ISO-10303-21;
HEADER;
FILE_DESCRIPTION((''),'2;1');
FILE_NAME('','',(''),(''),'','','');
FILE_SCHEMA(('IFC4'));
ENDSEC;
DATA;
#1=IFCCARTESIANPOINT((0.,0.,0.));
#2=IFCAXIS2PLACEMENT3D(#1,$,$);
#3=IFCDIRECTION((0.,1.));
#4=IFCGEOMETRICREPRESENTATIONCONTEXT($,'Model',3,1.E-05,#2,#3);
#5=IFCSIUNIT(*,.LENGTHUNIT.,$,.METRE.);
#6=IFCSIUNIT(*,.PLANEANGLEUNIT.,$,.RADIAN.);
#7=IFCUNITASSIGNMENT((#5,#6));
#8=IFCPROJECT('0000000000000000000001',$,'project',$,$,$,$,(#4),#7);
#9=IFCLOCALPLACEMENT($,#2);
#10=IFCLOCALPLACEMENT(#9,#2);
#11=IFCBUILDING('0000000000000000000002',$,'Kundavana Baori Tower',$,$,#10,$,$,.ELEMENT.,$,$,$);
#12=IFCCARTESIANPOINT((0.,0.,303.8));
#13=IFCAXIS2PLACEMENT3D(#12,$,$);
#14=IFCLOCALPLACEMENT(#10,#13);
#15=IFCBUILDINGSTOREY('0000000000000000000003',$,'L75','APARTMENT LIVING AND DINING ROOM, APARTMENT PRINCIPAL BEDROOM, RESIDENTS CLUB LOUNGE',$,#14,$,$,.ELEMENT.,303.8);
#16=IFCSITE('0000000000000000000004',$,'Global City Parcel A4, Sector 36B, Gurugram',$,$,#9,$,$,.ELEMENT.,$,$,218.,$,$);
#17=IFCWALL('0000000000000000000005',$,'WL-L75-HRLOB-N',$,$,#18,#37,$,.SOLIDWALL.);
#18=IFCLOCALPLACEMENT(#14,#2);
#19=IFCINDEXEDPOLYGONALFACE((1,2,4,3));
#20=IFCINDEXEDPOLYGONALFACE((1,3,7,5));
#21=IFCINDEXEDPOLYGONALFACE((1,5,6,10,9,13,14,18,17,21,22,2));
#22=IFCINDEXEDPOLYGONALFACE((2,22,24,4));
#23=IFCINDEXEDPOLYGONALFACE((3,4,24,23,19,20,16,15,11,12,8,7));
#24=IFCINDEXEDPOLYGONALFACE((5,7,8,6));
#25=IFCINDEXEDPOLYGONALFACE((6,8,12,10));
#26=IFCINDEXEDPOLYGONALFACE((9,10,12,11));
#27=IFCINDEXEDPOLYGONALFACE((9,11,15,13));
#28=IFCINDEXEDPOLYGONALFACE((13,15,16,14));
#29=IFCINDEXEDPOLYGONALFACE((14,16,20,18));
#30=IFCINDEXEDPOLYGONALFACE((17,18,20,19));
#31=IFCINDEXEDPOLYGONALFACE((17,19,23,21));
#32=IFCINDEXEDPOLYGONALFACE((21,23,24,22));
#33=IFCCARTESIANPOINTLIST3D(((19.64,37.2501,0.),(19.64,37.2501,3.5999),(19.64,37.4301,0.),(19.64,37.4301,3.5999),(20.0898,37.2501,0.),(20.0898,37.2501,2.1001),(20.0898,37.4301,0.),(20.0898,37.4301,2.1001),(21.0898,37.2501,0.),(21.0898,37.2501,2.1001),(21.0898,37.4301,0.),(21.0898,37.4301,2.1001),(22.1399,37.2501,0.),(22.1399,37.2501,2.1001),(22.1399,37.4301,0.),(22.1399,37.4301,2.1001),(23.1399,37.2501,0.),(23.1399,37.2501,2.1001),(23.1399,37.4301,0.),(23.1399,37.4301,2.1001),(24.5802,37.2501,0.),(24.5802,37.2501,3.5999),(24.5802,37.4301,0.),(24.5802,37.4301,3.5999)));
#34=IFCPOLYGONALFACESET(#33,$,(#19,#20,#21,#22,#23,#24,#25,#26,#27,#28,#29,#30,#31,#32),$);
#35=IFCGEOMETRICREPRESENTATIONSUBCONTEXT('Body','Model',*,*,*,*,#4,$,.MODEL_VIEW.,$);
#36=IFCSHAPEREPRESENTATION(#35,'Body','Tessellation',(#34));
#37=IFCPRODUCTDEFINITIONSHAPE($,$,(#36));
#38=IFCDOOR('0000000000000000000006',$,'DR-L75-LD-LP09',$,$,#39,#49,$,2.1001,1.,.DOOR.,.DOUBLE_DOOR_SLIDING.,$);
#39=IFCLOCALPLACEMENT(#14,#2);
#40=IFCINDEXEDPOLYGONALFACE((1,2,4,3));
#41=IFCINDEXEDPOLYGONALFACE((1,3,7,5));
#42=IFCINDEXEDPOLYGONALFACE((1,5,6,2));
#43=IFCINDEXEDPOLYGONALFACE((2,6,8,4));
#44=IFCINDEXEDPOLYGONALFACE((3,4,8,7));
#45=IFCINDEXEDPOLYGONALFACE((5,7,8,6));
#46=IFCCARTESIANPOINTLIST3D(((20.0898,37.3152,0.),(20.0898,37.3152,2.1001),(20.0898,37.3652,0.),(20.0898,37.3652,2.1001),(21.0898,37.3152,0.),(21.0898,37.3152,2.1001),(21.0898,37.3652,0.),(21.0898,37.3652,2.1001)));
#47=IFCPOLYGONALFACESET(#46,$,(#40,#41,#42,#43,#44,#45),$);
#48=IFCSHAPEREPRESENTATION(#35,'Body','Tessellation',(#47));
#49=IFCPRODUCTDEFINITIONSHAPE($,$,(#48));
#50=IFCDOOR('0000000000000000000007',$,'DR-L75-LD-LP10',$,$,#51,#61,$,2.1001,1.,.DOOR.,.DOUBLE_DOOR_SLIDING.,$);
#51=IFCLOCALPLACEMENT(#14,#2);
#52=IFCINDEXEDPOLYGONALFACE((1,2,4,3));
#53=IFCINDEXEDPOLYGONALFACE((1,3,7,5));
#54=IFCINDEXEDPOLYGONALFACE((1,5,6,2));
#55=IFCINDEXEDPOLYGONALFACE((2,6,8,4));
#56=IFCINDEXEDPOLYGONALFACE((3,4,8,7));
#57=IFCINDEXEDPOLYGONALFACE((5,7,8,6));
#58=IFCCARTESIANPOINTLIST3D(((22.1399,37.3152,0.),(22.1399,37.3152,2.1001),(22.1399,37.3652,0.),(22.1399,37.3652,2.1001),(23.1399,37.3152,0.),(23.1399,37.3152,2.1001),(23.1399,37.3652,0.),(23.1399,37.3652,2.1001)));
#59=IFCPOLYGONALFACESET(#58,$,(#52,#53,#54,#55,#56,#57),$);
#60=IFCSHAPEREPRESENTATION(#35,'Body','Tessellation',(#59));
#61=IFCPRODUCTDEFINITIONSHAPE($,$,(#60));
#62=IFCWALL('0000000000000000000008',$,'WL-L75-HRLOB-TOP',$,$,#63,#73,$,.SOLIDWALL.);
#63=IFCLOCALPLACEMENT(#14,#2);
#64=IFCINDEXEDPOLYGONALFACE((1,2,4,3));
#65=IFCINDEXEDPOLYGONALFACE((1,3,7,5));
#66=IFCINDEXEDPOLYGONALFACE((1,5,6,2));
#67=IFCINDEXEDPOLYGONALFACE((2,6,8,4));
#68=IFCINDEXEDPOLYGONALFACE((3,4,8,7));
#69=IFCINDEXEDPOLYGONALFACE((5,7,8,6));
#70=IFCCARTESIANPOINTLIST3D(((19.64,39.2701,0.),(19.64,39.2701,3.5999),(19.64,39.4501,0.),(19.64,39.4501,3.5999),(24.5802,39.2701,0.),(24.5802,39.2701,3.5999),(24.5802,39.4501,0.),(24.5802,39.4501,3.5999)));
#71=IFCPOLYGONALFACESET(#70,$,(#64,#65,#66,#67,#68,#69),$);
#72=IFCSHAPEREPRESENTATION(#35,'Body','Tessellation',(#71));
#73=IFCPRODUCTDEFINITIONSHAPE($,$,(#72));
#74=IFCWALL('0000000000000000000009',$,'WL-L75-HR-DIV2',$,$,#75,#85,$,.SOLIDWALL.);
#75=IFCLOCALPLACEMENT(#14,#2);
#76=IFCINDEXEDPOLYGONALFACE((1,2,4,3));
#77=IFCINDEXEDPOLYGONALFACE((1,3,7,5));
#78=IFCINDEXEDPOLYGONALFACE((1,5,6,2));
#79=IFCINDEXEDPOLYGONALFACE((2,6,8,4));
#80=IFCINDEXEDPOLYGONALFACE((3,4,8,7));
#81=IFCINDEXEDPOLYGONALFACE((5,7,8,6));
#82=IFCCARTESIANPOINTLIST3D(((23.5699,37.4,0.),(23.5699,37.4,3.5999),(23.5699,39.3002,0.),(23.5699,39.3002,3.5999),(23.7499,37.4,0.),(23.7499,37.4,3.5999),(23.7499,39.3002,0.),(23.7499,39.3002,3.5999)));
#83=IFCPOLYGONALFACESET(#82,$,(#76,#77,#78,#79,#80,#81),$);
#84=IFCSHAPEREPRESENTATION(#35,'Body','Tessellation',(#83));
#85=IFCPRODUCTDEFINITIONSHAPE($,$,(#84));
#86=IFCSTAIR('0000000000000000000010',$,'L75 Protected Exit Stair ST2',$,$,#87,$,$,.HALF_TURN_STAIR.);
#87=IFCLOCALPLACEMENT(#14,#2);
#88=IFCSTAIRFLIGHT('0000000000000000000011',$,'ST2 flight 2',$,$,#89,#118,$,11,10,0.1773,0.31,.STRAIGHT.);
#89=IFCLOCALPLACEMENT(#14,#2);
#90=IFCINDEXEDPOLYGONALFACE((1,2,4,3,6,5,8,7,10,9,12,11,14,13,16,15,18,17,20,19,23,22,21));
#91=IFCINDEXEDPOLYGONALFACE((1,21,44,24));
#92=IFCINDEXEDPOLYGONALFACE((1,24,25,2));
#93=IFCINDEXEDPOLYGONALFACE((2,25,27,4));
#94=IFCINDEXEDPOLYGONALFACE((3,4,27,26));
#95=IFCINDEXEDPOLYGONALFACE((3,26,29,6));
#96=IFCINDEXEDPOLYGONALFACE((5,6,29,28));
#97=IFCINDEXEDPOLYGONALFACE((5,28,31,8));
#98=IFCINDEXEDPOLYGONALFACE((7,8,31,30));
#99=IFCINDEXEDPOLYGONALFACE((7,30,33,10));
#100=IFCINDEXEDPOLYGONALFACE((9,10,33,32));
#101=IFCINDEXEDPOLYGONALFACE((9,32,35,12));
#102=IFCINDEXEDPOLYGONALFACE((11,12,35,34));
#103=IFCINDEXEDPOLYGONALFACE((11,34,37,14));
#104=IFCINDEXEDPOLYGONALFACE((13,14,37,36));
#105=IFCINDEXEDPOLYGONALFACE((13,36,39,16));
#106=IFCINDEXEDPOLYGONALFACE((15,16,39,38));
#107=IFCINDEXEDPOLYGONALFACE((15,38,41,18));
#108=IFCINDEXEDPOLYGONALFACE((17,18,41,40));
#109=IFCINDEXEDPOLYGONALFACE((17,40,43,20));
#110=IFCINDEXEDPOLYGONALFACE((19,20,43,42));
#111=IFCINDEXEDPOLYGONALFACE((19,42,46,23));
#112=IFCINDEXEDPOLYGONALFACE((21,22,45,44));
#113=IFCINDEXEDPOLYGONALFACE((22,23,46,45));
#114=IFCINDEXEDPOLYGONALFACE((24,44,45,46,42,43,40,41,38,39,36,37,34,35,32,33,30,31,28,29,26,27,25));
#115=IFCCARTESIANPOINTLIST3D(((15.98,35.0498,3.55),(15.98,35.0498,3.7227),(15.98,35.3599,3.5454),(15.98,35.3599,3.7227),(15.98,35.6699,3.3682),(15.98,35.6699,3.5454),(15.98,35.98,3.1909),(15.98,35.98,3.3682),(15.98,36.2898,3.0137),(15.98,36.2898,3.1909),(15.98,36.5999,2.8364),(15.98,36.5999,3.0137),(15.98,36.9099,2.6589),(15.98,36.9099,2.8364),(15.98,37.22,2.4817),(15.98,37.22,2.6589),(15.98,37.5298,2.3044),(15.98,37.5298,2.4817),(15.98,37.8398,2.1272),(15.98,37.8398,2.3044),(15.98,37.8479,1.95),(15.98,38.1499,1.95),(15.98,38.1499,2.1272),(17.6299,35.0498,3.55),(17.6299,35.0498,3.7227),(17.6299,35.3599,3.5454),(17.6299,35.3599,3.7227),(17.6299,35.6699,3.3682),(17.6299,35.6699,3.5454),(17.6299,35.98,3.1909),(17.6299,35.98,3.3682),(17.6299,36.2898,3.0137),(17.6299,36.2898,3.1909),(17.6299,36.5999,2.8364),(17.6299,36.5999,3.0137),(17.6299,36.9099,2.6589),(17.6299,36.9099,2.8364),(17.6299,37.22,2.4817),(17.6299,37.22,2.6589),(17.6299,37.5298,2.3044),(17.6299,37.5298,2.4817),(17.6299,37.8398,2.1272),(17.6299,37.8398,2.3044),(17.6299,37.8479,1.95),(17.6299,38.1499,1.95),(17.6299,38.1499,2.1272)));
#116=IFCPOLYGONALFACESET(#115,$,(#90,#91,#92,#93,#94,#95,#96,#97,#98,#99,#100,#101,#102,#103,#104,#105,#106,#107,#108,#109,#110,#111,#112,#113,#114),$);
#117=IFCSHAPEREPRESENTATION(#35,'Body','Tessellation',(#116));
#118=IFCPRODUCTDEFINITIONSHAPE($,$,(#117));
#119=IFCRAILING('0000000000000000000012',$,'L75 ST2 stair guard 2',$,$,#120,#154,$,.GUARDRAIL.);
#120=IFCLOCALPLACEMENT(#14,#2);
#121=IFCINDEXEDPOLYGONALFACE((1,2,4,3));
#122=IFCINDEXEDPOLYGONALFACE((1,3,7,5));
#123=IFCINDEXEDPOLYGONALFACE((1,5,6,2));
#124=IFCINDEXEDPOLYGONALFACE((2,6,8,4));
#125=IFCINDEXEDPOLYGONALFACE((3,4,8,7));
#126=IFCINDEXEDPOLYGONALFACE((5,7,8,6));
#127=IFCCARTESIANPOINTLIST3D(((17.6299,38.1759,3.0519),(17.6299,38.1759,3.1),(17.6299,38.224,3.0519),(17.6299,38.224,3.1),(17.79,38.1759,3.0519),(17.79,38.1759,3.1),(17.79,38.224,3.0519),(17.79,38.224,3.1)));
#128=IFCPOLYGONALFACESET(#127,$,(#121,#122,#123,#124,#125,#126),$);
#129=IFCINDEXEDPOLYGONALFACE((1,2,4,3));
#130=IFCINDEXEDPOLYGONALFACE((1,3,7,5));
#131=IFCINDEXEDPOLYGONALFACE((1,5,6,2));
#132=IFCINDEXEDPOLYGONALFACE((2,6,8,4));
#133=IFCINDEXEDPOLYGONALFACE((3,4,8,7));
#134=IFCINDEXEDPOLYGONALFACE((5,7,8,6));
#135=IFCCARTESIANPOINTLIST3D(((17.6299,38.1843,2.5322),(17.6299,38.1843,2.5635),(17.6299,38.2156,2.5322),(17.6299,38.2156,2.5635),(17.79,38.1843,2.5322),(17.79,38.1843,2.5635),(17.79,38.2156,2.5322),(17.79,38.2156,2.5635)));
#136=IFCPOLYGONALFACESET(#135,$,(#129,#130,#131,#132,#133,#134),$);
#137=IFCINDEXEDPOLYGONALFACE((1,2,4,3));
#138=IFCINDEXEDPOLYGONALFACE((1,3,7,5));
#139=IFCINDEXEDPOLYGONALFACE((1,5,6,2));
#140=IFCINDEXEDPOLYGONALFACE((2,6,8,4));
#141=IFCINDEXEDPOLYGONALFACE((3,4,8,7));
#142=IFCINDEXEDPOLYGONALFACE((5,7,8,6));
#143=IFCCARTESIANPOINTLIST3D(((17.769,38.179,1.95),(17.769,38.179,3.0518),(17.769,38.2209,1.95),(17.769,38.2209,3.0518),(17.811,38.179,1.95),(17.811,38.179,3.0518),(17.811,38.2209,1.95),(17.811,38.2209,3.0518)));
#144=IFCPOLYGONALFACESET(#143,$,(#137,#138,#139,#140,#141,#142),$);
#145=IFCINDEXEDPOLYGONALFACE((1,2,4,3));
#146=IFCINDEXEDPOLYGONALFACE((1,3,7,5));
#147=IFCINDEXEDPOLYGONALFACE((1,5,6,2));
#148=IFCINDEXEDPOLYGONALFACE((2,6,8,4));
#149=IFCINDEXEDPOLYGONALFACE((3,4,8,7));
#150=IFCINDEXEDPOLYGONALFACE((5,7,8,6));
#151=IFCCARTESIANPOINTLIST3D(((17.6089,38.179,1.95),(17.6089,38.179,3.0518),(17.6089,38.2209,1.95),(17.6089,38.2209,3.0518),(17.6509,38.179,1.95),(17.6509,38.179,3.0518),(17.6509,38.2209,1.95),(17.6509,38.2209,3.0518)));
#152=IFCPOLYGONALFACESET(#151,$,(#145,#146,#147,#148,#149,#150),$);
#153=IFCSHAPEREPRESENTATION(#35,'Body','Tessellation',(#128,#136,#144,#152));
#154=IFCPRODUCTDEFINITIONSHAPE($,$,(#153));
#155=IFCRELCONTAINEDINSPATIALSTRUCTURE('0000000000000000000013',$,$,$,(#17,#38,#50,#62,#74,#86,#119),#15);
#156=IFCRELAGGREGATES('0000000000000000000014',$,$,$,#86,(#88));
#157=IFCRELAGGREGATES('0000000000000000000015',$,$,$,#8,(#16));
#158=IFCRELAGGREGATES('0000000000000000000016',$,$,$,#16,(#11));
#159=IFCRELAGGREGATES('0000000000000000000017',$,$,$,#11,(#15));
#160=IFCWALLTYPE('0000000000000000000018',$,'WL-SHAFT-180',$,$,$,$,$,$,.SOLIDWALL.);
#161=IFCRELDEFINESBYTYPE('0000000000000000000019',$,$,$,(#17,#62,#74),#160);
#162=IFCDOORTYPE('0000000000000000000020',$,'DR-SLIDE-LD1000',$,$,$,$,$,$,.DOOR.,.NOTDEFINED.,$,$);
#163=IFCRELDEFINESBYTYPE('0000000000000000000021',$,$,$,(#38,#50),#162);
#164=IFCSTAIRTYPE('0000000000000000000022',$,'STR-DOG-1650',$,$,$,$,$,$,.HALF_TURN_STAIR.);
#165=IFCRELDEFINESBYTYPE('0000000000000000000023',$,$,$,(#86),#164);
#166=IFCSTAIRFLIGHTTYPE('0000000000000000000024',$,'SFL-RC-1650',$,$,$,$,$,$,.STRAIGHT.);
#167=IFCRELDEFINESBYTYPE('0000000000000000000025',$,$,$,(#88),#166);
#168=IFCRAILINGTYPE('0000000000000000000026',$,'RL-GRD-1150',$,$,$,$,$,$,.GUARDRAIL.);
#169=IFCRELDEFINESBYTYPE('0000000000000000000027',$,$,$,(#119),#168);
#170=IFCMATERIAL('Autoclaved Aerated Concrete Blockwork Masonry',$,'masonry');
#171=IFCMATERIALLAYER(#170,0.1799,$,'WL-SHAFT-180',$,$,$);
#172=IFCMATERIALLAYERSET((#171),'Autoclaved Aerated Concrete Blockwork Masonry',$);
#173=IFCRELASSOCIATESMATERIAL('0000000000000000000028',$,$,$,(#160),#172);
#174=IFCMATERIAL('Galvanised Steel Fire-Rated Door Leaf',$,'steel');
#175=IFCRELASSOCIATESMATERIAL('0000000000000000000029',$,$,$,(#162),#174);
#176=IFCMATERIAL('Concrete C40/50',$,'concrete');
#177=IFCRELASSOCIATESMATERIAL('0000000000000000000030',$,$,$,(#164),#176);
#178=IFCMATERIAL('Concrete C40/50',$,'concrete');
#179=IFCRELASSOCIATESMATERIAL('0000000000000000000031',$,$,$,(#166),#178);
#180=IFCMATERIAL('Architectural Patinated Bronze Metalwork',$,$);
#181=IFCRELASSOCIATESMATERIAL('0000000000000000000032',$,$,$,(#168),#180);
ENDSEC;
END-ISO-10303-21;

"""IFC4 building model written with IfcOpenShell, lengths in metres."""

from ifc_helpers import new_model, si_unit, direction, frame, frame_2d, origin, origin_2d, place, context, subcontext, project, spatial, polyline, rectangle, outline, extrude, material, layer, layer_set, type_object, element, fill, aggregate, save


model = new_model("IFC4")

# Units and contexts
model_context = context("Model", 3, precision=1e-05, world=origin(), true_north=direction((0.0, 1.0)))
body_context = subcontext(model_context, "Body", "Model", "MODEL_VIEW")
ifc_project = project(units=[si_unit("LENGTHUNIT", "METRE"), si_unit("PLANEANGLEUNIT", "RADIAN")], contexts=[model_context])

# Site, building, storey
site_placement = place(None, origin())
site = spatial("IfcSite", under=ifc_project, at=site_placement, Name="Global City Parcel A4, Sector 36B, Gurugram", CompositionType="ELEMENT", RefElevation=218.0)
building_placement = place(site_placement, origin())
building = spatial("IfcBuilding", under=site, at=building_placement, Name="Kundavana Baori Tower", CompositionType="ELEMENT")
storey_placement = place(building_placement, frame((0.0, 0.0, 303.8)))
storey = spatial("IfcBuildingStorey", under=building, at=storey_placement, Name="L75", Description="APARTMENT LIVING AND DINING ROOM, APARTMENT PRINCIPAL BEDROOM, RESIDENTS CLUB LOUNGE", CompositionType="ELEMENT", Elevation=303.8)

# Wall, openings, doors
ifc_material_1 = material(Name="Autoclaved Aerated Concrete Blockwork Masonry", Category="masonry")
ifc_layer_1 = layer(ifc_material_1, 0.1799, Name="WL-SHAFT-180")
ifc_layer_set_1 = layer_set([ifc_layer_1], Name="Autoclaved Aerated Concrete Blockwork Masonry")
wall_type_1 = type_object("IfcWallType", Name="WL-SHAFT-180", PredefinedType="SOLIDWALL", material=ifc_layer_set_1)
wall_1_placement = place(storey_placement, frame((19.6399, 37.3401, 0.0), z_axis=(0.0, 0.0, 1.0), x_axis=(1.0, 0.0, 0.0)))
wall_1 = element("IfcWall", 1, at=wall_1_placement, inside=storey, type_object=wall_type_1, Name="WL-L75-HRLOB-N", PredefinedType="SOLIDWALL", context=body_context, shape_type="SweptSolid", body=[
    extrude(rectangle(XDim=4.9402, YDim=0.1799, at=frame_2d((2.4702, 0.0))), origin(), (0.0, 0.0, 1.0), 3.5999),
])
opening_1_placement = place(wall_1_placement, frame((0.45, 0.0, 0.0)))
opening_1 = element("IfcOpeningElement", 2, at=opening_1_placement, cuts=wall_1, PredefinedType="OPENING", context=body_context, shape_type="SweptSolid", body=[
    extrude(rectangle(XDim=1.0, YDim=2.1001, at=frame_2d((0.5, 1.05))), frame((0.0, 0.1001, 0.0), z_axis=(0.0, -1.0, 0.0), x_axis=(1.0, 0.0, 0.0)), (0.0, 0.0, 1.0), 0.2),
])
opening_2_placement = place(wall_1_placement, frame((2.5, 0.0, 0.0)))
opening_2 = element("IfcOpeningElement", 3, at=opening_2_placement, cuts=wall_1, PredefinedType="OPENING", context=body_context, shape_type="SweptSolid", body=[
    extrude(rectangle(XDim=1.0, YDim=2.1001, at=frame_2d((0.5, 1.05))), frame((0.0, 0.1001, 0.0), z_axis=(0.0, -1.0, 0.0), x_axis=(1.0, 0.0, 0.0)), (0.0, 0.0, 1.0), 0.2),
])
ifc_material_2 = material(Name="Galvanised Steel Fire-Rated Door Leaf", Category="steel")
door_type = type_object("IfcDoorType", Name="DR-SLIDE-LD1000", OperationType="NOTDEFINED", PredefinedType="DOOR", material=ifc_material_2)
door_1_placement = place(opening_1_placement, frame((1.0, 0.0, 0.0), z_axis=(0.0, 0.0, 1.0), x_axis=(-1.0, 0.0, 0.0)))
door_1 = element("IfcDoor", 4, at=door_1_placement, inside=storey, type_object=door_type, Name="DR-L75-LD-LP09", OperationType="DOUBLE_DOOR_SLIDING", OverallHeight=2.1001, OverallWidth=1.0, PredefinedType="DOOR", context=body_context, shape_type="SweptSolid", body=[
    extrude(rectangle(XDim=1.0, YDim=2.1001, at=frame_2d((0.5, 1.05))), frame((0.0, 0.0249, 0.0), z_axis=(0.0, -1.0, 0.0), x_axis=(1.0, 0.0, 0.0)), (0.0, 0.0, 1.0), 0.05),
])
fill(opening_1, door_1)
door_2_placement = place(opening_2_placement, frame((1.0, 0.0, 0.0), z_axis=(0.0, 0.0, 1.0), x_axis=(-1.0, 0.0, 0.0)))
door_2 = element("IfcDoor", 5, at=door_2_placement, inside=storey, type_object=door_type, Name="DR-L75-LD-LP10", OperationType="DOUBLE_DOOR_SLIDING", OverallHeight=2.1001, OverallWidth=1.0, PredefinedType="DOOR", context=body_context, shape_type="SweptSolid", body=[
    extrude(rectangle(XDim=1.0, YDim=2.1001, at=frame_2d((0.5, 1.05))), frame((0.0, 0.0249, 0.0), z_axis=(0.0, -1.0, 0.0), x_axis=(1.0, 0.0, 0.0)), (0.0, 0.0, 1.0), 0.05),
])
fill(opening_2, door_2)

# Walls
wall_2_placement = place(storey_placement, frame((19.6399, 39.3601, 0.0), z_axis=(0.0, 0.0, 1.0), x_axis=(1.0, 0.0, 0.0)))
element("IfcWall", 6, at=wall_2_placement, inside=storey, type_object=wall_type_1, Name="WL-L75-HRLOB-TOP", PredefinedType="SOLIDWALL", context=body_context, shape_type="SweptSolid", body=[
    extrude(rectangle(XDim=4.9402, YDim=0.1799, at=frame_2d((2.4702, 0.0))), origin(), (0.0, 0.0, 1.0), 3.5999),
])
wall_3_placement = place(storey_placement, frame((23.6599, 37.3999, 0.0), z_axis=(0.0, 0.0, 1.0), x_axis=(0.0, 1.0, 0.0)))
element("IfcWall", 7, at=wall_3_placement, inside=storey, type_object=wall_type_1, Name="WL-L75-HR-DIV2", PredefinedType="SOLIDWALL", context=body_context, shape_type="SweptSolid", body=[
    extrude(rectangle(XDim=1.9001, YDim=0.1799, at=frame_2d((0.9502, 0.0))), origin(), (0.0, 0.0, 1.0), 3.5999),
])

# Stair, stair flight
ifc_material_3 = material(Name="Concrete C40/50", Category="concrete")
stair_type = type_object("IfcStairType", Name="STR-DOG-1650", PredefinedType="HALF_TURN_STAIR", material=ifc_material_3)
stair_placement = place(storey_placement, origin())
stair = element("IfcStair", 8, at=stair_placement, inside=storey, type_object=stair_type, Name="L75 Protected Exit Stair ST2", PredefinedType="HALF_TURN_STAIR")
ifc_material_4 = material(Name="Concrete C40/50", Category="concrete")
stair_flight_type = type_object("IfcStairFlightType", Name="SFL-RC-1650", PredefinedType="STRAIGHT", material=ifc_material_4)
stair_flight_placement = place(storey_placement, frame((16.8049, 38.1499, 1.95), z_axis=(0.0, 0.0, 1.0), x_axis=(0.0, -1.0, 0.0)))
stair_flight = element("IfcStairFlight", 9, at=stair_flight_placement, type_object=stair_flight_type, Name="ST2 flight 2", NumberOfRisers=11, NumberOfTreads=10, PredefinedType="STRAIGHT", RiserHeight=0.1773, TreadLength=0.31, context=body_context, shape_type="SweptSolid", body=[
    extrude(outline(polyline([(0.0, 0.0), (0.0, 0.1772), (0.3101, 0.1772), (0.3101, 0.3545), (0.6201, 0.3545), (0.6201, 0.5317), (0.9299, 0.5317), (0.9299, 0.709), (1.24, 0.709), (1.24, 0.8865), (1.55, 0.8865), (1.55, 1.0637), (1.8601, 1.0637), (1.8601, 1.241), (2.1699, 1.241), (2.1699, 1.4182), (2.48, 1.4182), (2.48, 1.5955), (2.79, 1.5955), (2.79, 1.7727), (3.1001, 1.7727), (3.1001, 1.95), (3.1001, 1.6001), (0.302, 0.0), (0.0, 0.0)])), frame((0.0, 0.825, 0.0), z_axis=(0.0, -1.0, 0.0), x_axis=(1.0, 0.0, 0.0)), (0.0, 0.0, 1.0), 1.6499),
])
aggregate(stair, [stair_flight])

# Railing
ifc_material_5 = material(Name="Architectural Patinated Bronze Metalwork")
railing_type_1 = type_object("IfcRailingType", Name="RL-GRD-1150", PredefinedType="GUARDRAIL", material=ifc_material_5)
railing_1_placement = place(storey_placement, frame((17.79, 38.2, 1.95)))
element("IfcRailing", 10, at=railing_1_placement, inside=storey, type_object=railing_type_1, Name="L75 ST2 stair guard 2", PredefinedType="GUARDRAIL", context=body_context, shape_type="SweptSolid", body=[
    extrude(rectangle(XDim=0.0481, YDim=0.0481, at=origin_2d()), frame((0.0, 0.0, 1.126), z_axis=(-1.0, 0.0, 0.0), x_axis=(0.0, -1.0, 0.0)), (0.0, 0.0, 1.0), 0.1602),
    extrude(rectangle(XDim=0.0312, YDim=0.0312, at=origin_2d()), frame((0.0, 0.0, 0.5979), z_axis=(-1.0, 0.0, 0.0), x_axis=(0.0, -1.0, 0.0)), (0.0, 0.0, 1.0), 0.1602),
    extrude(rectangle(XDim=0.042, YDim=0.042, at=origin_2d()), origin(), (0.0, 0.0, 1.0), 1.1018),
    extrude(rectangle(XDim=0.042, YDim=0.042, at=origin_2d()), frame((-0.1602, 0.0, 0.0)), (0.0, 0.0, 1.0), 1.1018),
])

save(model, "model.ifc")
